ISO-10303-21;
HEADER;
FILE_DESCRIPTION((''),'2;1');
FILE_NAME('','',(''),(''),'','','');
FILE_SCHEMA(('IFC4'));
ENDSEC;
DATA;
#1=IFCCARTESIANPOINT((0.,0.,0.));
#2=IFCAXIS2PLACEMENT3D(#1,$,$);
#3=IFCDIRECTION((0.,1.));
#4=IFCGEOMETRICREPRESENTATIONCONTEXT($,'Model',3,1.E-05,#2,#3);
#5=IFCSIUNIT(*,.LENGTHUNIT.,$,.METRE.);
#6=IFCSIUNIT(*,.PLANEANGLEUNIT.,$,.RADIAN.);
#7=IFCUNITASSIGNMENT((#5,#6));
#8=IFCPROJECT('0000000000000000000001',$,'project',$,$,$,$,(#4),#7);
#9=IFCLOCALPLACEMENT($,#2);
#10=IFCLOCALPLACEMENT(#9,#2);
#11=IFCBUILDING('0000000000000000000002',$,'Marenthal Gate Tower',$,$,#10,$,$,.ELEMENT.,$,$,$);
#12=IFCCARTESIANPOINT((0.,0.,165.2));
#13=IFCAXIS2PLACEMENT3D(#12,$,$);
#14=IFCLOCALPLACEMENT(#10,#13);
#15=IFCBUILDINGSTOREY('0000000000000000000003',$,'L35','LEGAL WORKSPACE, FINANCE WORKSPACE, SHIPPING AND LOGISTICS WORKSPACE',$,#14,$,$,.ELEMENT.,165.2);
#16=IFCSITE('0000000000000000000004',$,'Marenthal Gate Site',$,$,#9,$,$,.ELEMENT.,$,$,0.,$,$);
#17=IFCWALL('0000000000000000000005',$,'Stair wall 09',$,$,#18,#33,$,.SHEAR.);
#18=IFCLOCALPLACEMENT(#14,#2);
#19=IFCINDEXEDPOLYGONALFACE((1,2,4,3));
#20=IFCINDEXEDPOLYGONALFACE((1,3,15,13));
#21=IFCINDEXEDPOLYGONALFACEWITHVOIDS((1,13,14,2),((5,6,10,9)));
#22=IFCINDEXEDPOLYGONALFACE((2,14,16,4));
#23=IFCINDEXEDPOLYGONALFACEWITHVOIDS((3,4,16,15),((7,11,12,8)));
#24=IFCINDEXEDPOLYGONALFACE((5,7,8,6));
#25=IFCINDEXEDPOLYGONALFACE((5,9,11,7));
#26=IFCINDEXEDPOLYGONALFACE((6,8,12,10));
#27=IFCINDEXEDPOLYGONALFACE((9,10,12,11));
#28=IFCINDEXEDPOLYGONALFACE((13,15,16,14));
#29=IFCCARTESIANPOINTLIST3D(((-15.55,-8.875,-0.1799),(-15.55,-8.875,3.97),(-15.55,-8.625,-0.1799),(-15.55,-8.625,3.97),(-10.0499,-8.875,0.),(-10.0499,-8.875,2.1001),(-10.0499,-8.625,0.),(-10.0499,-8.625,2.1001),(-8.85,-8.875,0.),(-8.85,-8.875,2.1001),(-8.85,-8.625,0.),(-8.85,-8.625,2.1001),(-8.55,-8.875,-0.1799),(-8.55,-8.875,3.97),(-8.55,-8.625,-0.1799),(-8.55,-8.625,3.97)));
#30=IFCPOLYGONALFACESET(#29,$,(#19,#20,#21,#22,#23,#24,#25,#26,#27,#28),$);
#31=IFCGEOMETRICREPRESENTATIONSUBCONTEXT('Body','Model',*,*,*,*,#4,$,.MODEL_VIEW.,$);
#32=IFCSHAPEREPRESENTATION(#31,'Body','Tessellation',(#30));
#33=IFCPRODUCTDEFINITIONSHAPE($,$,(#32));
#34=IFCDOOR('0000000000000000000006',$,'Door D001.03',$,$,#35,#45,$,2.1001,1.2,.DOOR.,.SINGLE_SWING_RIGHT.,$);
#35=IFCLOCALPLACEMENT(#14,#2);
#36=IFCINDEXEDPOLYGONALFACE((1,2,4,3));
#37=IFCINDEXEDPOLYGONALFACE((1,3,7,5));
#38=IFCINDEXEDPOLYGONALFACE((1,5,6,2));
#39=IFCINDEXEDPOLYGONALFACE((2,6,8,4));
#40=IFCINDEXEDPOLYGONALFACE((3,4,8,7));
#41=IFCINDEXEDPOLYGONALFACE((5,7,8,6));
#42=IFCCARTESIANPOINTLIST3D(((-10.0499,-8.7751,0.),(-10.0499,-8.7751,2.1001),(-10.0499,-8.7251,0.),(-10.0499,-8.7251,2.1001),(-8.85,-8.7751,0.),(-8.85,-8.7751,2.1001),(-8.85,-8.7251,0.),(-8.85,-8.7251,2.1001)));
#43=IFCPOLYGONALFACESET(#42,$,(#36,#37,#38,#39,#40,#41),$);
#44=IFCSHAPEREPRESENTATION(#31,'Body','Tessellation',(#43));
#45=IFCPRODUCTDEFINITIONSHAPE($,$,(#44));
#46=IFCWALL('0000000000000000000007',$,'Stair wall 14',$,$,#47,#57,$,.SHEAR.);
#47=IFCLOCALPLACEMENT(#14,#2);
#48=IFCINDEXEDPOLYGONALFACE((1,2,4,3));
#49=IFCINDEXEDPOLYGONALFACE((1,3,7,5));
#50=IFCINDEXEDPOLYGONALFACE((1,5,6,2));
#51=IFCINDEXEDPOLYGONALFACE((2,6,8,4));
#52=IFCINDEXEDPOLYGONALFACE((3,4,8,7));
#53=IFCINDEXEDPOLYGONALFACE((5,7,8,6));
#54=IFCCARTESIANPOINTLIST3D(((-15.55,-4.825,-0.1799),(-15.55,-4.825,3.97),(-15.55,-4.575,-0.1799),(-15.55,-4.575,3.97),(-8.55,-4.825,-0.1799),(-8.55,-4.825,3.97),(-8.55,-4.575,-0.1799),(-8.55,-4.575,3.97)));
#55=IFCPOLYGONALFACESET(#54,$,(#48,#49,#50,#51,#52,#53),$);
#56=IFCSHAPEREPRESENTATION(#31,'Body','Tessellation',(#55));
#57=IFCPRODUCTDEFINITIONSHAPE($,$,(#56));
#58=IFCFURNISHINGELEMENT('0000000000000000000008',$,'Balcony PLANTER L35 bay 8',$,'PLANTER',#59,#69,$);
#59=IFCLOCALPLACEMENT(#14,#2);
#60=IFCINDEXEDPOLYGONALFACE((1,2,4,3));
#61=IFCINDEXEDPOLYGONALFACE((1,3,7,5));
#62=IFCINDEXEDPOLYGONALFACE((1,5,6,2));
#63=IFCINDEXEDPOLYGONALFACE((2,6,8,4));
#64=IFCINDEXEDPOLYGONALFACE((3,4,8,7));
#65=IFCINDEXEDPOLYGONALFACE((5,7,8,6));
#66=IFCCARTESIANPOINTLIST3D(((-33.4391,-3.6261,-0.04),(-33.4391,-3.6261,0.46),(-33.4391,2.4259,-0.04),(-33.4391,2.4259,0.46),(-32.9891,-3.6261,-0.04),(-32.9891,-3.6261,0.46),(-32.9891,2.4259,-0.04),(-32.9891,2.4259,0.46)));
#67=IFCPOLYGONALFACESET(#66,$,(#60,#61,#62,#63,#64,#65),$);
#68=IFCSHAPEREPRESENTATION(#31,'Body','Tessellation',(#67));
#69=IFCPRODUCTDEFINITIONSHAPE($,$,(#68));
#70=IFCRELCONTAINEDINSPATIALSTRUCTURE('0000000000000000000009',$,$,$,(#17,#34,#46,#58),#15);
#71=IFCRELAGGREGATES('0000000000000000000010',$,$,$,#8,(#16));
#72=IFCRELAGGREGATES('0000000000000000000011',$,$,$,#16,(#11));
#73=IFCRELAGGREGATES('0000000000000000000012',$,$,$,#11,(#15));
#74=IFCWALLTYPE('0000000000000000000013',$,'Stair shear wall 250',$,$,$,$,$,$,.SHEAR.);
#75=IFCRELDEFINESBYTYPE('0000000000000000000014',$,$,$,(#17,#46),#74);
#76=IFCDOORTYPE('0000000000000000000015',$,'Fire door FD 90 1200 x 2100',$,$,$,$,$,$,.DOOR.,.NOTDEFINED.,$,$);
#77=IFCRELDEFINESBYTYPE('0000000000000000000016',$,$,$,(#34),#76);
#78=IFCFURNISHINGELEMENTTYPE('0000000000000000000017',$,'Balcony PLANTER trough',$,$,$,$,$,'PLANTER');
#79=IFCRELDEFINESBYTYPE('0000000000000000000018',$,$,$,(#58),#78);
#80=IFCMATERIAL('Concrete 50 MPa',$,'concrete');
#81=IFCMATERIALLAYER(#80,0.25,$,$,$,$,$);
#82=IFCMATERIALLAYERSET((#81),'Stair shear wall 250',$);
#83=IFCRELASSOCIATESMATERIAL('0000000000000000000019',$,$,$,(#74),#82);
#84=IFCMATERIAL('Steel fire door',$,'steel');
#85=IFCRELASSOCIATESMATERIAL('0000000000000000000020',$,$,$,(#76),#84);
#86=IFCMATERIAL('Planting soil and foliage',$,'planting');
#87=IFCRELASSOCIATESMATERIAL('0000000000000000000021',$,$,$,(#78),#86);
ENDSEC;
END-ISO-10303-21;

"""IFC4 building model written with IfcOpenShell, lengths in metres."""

from ifc_helpers import new_model, si_unit, direction, frame, frame_2d, origin, origin_2d, place, context, subcontext, project, spatial, rectangle, extrude, material, layer, layer_set, type_object, element, fill, save


model = new_model("IFC4")

# Units and contexts
model_context = context("Model", 3, precision=1e-05, world=origin(), true_north=direction((0.0, 1.0)))
body_context = subcontext(model_context, "Body", "Model", "MODEL_VIEW")
ifc_project = project(units=[si_unit("LENGTHUNIT", "METRE"), si_unit("PLANEANGLEUNIT", "RADIAN")], contexts=[model_context])

# Site, building, storey
site_placement = place(None, origin())
site = spatial("IfcSite", under=ifc_project, at=site_placement, Name="Marenthal Gate Site", CompositionType="ELEMENT", RefElevation=0.0)
building_placement = place(site_placement, origin())
building = spatial("IfcBuilding", under=site, at=building_placement, Name="Marenthal Gate Tower", CompositionType="ELEMENT")
storey_placement = place(building_placement, frame((0.0, 0.0, 165.2)))
storey = spatial("IfcBuildingStorey", under=building, at=storey_placement, Name="L35", Description="LEGAL WORKSPACE, FINANCE WORKSPACE, SHIPPING AND LOGISTICS WORKSPACE", CompositionType="ELEMENT", Elevation=165.2)

# Wall, opening, door
ifc_material_1 = material(Name="Concrete 50 MPa", Category="concrete")
ifc_layer_1 = layer(ifc_material_1, 0.25)
ifc_layer_set_1 = layer_set([ifc_layer_1], Name="Stair shear wall 250")
wall_type_1 = type_object("IfcWallType", Name="Stair shear wall 250", PredefinedType="SHEAR", material=ifc_layer_set_1)
wall_1_placement = place(storey_placement, frame((-15.55, -8.75, -0.1799), z_axis=(0.0, 0.0, 1.0), x_axis=(1.0, 0.0, 0.0)))
wall_1 = element("IfcWall", 1, at=wall_1_placement, inside=storey, type_object=wall_type_1, Name="Stair wall 09", PredefinedType="SHEAR", context=body_context, shape_type="SweptSolid", body=[
    extrude(rectangle(XDim=7.0, YDim=0.25, at=frame_2d((3.5, 0.0))), origin(), (0.0, 0.0, 1.0), 4.1499),
])
opening_placement = place(wall_1_placement, frame((5.5, 0.0, 0.1799)))
opening = element("IfcOpeningElement", 2, at=opening_placement, cuts=wall_1, PredefinedType="OPENING", context=body_context, shape_type="SweptSolid", body=[
    extrude(rectangle(XDim=1.2, YDim=2.1001, at=frame_2d((0.6001, 1.05))), frame((0.0, 0.135, 0.0), z_axis=(0.0, -1.0, 0.0), x_axis=(1.0, 0.0, 0.0)), (0.0, 0.0, 1.0), 0.27),
])
ifc_material_2 = material(Name="Steel fire door", Category="steel")
door_type = type_object("IfcDoorType", Name="Fire door FD 90 1200 x 2100", OperationType="NOTDEFINED", PredefinedType="DOOR", material=ifc_material_2)
door_placement = place(opening_placement, origin())
door = element("IfcDoor", 3, at=door_placement, inside=storey, type_object=door_type, Name="Door D001.03", OperationType="SINGLE_SWING_RIGHT", OverallHeight=2.1001, OverallWidth=1.2, PredefinedType="DOOR", context=body_context, shape_type="SweptSolid", body=[
    extrude(rectangle(XDim=1.2, YDim=2.1001, at=frame_2d((0.6001, 1.05))), frame((0.0, 0.0249, 0.0), z_axis=(0.0, -1.0, 0.0), x_axis=(1.0, 0.0, 0.0)), (0.0, 0.0, 1.0), 0.05),
])
fill(opening, door)

# Wall
wall_2_placement = place(storey_placement, frame((-15.55, -4.7, -0.1799), z_axis=(0.0, 0.0, 1.0), x_axis=(1.0, 0.0, 0.0)))
element("IfcWall", 4, at=wall_2_placement, inside=storey, type_object=wall_type_1, Name="Stair wall 14", PredefinedType="SHEAR", context=body_context, shape_type="SweptSolid", body=[
    extrude(rectangle(XDim=7.0, YDim=0.25, at=frame_2d((3.5, 0.0))), origin(), (0.0, 0.0, 1.0), 4.1499),
])

# Furnishing element
ifc_material_3 = material(Name="Planting soil and foliage", Category="planting")
furnishing_element_type = type_object("IfcFurnishingElementType", Name="Balcony PLANTER trough", ElementType="PLANTER", material=ifc_material_3)
furnishing_placement = place(storey_placement, frame((-33.2141, -0.6001, -0.04), z_axis=(0.0, 0.0, 1.0), x_axis=(0.0, -1.0, 0.0)))
element("IfcFurnishingElement", 5, at=furnishing_placement, inside=storey, type_object=furnishing_element_type, Name="Balcony PLANTER L35 bay 8", ObjectType="PLANTER", context=body_context, shape_type="SweptSolid", body=[
    extrude(rectangle(XDim=6.052, YDim=0.45, at=origin_2d()), origin(), (0.0, 0.0, 1.0), 0.5),
])

save(model, "model.ifc")
